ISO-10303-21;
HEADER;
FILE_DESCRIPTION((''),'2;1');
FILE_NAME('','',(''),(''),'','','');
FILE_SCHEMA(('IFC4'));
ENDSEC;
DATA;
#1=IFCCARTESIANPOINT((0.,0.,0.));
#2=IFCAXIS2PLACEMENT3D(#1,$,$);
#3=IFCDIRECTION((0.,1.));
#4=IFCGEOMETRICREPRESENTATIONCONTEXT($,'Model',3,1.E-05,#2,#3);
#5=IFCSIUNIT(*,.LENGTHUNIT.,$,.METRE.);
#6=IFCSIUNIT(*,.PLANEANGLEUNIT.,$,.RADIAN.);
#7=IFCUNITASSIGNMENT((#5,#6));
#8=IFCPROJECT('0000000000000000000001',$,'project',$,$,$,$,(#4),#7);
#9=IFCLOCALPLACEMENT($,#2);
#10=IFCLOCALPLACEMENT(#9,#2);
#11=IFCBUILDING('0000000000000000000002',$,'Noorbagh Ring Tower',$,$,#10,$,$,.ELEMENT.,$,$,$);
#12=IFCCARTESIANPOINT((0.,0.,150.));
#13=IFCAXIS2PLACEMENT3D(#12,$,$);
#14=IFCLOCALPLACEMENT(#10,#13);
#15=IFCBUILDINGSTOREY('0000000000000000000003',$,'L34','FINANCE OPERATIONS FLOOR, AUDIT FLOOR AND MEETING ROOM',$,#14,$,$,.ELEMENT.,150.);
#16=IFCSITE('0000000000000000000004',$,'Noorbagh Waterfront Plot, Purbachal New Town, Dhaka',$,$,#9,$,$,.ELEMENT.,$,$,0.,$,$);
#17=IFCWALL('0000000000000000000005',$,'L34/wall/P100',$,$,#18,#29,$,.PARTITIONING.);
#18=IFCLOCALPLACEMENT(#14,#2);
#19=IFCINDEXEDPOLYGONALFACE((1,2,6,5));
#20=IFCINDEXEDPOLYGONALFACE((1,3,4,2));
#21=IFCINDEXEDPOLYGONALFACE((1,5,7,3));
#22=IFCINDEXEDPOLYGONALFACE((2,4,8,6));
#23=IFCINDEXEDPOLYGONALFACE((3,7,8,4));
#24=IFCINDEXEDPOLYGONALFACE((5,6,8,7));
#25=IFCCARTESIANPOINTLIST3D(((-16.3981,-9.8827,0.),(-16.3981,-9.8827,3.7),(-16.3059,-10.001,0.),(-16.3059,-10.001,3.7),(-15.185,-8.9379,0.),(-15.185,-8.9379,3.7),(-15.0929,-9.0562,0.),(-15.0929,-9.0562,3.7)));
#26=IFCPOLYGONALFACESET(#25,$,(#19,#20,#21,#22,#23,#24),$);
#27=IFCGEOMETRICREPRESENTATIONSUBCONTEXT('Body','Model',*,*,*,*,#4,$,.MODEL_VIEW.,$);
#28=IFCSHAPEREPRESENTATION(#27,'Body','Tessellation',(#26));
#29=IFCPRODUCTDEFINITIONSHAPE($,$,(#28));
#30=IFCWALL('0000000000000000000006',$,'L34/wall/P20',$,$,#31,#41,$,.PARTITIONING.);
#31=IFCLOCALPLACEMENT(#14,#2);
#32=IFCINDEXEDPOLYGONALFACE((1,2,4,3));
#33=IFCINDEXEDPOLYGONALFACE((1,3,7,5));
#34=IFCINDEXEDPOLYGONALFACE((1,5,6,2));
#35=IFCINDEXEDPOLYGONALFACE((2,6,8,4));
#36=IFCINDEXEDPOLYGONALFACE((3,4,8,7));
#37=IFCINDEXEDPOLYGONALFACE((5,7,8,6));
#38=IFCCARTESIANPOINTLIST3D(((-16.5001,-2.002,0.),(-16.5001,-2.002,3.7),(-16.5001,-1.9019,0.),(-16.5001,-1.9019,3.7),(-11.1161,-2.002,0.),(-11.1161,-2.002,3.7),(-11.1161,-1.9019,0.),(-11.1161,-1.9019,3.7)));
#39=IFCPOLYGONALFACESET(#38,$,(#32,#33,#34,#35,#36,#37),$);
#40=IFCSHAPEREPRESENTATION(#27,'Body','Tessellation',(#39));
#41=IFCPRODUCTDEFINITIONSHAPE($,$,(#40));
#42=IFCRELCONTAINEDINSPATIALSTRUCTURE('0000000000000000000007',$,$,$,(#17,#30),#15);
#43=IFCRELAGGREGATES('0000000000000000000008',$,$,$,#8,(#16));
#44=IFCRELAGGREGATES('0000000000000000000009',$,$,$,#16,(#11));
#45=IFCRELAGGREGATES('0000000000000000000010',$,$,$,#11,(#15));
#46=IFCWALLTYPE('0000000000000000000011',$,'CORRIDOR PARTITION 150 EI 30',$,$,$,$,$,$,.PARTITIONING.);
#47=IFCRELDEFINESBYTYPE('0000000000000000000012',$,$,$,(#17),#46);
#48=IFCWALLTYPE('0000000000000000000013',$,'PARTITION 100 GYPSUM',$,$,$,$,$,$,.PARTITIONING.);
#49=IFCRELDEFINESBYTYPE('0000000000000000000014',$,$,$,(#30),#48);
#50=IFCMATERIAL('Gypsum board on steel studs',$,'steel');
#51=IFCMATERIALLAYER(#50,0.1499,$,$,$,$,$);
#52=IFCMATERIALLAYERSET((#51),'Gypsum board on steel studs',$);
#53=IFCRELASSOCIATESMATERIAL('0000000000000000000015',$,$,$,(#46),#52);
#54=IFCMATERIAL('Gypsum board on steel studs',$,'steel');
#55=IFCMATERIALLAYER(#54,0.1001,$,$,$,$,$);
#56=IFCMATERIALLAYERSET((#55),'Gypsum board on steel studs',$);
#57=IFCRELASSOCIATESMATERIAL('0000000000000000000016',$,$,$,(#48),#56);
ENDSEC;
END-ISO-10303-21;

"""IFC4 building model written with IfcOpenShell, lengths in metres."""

from ifc_helpers import new_model, si_unit, direction, frame, frame_2d, origin, place, context, subcontext, project, spatial, rectangle, extrude, material, layer, layer_set, type_object, element, save


model = new_model("IFC4")

# Units and contexts
model_context = context("Model", 3, precision=1e-05, world=origin(), true_north=direction((0.0, 1.0)))
body_context = subcontext(model_context, "Body", "Model", "MODEL_VIEW")
ifc_project = project(units=[si_unit("LENGTHUNIT", "METRE"), si_unit("PLANEANGLEUNIT", "RADIAN")], contexts=[model_context])

# Site, building, storey
site_placement = place(None, origin())
site = spatial("IfcSite", under=ifc_project, at=site_placement, Name="Noorbagh Waterfront Plot, Purbachal New Town, Dhaka", CompositionType="ELEMENT", RefElevation=0.0)
building_placement = place(site_placement, origin())
building = spatial("IfcBuilding", under=site, at=building_placement, Name="Noorbagh Ring Tower", CompositionType="ELEMENT")
storey_placement = place(building_placement, frame((0.0, 0.0, 150.0)))
storey = spatial("IfcBuildingStorey", under=building, at=storey_placement, Name="L34", Description="FINANCE OPERATIONS FLOOR, AUDIT FLOOR AND MEETING ROOM", CompositionType="ELEMENT", Elevation=150.0)

# Shared definitions
ifc_material_1 = material(Name="Gypsum board on steel studs", Category="steel")
ifc_layer_1 = layer(ifc_material_1, 0.1499)
ifc_layer_set_1 = layer_set([ifc_layer_1], Name="Gypsum board on steel studs")
wall_type_1 = type_object("IfcWallType", Name="CORRIDOR PARTITION 150 EI 30", PredefinedType="PARTITIONING", material=ifc_layer_set_1)

# Walls
wall_1_placement = place(storey_placement, frame((-15.1389, -8.9971, 0.0), z_axis=(0.0, 0.0, 1.0), x_axis=(-0.78895, -0.614457, 0.0)))
element("IfcWall", 1, at=wall_1_placement, inside=storey, type_object=wall_type_1, Name="L34/wall/P100", PredefinedType="PARTITIONING", context=body_context, shape_type="SweptSolid", body=[
    extrude(rectangle(XDim=1.5376, YDim=0.1499, at=frame_2d((0.7688, 0.0))), origin(), (0.0, 0.0, 1.0), 3.7),
])
ifc_material_2 = material(Name="Gypsum board on steel studs", Category="steel")
ifc_layer_2 = layer(ifc_material_2, 0.1001)
ifc_layer_set_2 = layer_set([ifc_layer_2], Name="Gypsum board on steel studs")
wall_type_2 = type_object("IfcWallType", Name="PARTITION 100 GYPSUM", PredefinedType="PARTITIONING", material=ifc_layer_set_2)
wall_2_placement = place(storey_placement, frame((-16.5, -1.9519, 0.0), z_axis=(0.0, 0.0, 1.0), x_axis=(1.0, 0.0, 0.0)))
element("IfcWall", 2, at=wall_2_placement, inside=storey, type_object=wall_type_2, Name="L34/wall/P20", PredefinedType="PARTITIONING", context=body_context, shape_type="SweptSolid", body=[
    extrude(rectangle(XDim=5.384, YDim=0.1001, at=frame_2d((2.6919, 0.0))), origin(), (0.0, 0.0, 1.0), 3.7),
])

save(model, "model.ifc")
